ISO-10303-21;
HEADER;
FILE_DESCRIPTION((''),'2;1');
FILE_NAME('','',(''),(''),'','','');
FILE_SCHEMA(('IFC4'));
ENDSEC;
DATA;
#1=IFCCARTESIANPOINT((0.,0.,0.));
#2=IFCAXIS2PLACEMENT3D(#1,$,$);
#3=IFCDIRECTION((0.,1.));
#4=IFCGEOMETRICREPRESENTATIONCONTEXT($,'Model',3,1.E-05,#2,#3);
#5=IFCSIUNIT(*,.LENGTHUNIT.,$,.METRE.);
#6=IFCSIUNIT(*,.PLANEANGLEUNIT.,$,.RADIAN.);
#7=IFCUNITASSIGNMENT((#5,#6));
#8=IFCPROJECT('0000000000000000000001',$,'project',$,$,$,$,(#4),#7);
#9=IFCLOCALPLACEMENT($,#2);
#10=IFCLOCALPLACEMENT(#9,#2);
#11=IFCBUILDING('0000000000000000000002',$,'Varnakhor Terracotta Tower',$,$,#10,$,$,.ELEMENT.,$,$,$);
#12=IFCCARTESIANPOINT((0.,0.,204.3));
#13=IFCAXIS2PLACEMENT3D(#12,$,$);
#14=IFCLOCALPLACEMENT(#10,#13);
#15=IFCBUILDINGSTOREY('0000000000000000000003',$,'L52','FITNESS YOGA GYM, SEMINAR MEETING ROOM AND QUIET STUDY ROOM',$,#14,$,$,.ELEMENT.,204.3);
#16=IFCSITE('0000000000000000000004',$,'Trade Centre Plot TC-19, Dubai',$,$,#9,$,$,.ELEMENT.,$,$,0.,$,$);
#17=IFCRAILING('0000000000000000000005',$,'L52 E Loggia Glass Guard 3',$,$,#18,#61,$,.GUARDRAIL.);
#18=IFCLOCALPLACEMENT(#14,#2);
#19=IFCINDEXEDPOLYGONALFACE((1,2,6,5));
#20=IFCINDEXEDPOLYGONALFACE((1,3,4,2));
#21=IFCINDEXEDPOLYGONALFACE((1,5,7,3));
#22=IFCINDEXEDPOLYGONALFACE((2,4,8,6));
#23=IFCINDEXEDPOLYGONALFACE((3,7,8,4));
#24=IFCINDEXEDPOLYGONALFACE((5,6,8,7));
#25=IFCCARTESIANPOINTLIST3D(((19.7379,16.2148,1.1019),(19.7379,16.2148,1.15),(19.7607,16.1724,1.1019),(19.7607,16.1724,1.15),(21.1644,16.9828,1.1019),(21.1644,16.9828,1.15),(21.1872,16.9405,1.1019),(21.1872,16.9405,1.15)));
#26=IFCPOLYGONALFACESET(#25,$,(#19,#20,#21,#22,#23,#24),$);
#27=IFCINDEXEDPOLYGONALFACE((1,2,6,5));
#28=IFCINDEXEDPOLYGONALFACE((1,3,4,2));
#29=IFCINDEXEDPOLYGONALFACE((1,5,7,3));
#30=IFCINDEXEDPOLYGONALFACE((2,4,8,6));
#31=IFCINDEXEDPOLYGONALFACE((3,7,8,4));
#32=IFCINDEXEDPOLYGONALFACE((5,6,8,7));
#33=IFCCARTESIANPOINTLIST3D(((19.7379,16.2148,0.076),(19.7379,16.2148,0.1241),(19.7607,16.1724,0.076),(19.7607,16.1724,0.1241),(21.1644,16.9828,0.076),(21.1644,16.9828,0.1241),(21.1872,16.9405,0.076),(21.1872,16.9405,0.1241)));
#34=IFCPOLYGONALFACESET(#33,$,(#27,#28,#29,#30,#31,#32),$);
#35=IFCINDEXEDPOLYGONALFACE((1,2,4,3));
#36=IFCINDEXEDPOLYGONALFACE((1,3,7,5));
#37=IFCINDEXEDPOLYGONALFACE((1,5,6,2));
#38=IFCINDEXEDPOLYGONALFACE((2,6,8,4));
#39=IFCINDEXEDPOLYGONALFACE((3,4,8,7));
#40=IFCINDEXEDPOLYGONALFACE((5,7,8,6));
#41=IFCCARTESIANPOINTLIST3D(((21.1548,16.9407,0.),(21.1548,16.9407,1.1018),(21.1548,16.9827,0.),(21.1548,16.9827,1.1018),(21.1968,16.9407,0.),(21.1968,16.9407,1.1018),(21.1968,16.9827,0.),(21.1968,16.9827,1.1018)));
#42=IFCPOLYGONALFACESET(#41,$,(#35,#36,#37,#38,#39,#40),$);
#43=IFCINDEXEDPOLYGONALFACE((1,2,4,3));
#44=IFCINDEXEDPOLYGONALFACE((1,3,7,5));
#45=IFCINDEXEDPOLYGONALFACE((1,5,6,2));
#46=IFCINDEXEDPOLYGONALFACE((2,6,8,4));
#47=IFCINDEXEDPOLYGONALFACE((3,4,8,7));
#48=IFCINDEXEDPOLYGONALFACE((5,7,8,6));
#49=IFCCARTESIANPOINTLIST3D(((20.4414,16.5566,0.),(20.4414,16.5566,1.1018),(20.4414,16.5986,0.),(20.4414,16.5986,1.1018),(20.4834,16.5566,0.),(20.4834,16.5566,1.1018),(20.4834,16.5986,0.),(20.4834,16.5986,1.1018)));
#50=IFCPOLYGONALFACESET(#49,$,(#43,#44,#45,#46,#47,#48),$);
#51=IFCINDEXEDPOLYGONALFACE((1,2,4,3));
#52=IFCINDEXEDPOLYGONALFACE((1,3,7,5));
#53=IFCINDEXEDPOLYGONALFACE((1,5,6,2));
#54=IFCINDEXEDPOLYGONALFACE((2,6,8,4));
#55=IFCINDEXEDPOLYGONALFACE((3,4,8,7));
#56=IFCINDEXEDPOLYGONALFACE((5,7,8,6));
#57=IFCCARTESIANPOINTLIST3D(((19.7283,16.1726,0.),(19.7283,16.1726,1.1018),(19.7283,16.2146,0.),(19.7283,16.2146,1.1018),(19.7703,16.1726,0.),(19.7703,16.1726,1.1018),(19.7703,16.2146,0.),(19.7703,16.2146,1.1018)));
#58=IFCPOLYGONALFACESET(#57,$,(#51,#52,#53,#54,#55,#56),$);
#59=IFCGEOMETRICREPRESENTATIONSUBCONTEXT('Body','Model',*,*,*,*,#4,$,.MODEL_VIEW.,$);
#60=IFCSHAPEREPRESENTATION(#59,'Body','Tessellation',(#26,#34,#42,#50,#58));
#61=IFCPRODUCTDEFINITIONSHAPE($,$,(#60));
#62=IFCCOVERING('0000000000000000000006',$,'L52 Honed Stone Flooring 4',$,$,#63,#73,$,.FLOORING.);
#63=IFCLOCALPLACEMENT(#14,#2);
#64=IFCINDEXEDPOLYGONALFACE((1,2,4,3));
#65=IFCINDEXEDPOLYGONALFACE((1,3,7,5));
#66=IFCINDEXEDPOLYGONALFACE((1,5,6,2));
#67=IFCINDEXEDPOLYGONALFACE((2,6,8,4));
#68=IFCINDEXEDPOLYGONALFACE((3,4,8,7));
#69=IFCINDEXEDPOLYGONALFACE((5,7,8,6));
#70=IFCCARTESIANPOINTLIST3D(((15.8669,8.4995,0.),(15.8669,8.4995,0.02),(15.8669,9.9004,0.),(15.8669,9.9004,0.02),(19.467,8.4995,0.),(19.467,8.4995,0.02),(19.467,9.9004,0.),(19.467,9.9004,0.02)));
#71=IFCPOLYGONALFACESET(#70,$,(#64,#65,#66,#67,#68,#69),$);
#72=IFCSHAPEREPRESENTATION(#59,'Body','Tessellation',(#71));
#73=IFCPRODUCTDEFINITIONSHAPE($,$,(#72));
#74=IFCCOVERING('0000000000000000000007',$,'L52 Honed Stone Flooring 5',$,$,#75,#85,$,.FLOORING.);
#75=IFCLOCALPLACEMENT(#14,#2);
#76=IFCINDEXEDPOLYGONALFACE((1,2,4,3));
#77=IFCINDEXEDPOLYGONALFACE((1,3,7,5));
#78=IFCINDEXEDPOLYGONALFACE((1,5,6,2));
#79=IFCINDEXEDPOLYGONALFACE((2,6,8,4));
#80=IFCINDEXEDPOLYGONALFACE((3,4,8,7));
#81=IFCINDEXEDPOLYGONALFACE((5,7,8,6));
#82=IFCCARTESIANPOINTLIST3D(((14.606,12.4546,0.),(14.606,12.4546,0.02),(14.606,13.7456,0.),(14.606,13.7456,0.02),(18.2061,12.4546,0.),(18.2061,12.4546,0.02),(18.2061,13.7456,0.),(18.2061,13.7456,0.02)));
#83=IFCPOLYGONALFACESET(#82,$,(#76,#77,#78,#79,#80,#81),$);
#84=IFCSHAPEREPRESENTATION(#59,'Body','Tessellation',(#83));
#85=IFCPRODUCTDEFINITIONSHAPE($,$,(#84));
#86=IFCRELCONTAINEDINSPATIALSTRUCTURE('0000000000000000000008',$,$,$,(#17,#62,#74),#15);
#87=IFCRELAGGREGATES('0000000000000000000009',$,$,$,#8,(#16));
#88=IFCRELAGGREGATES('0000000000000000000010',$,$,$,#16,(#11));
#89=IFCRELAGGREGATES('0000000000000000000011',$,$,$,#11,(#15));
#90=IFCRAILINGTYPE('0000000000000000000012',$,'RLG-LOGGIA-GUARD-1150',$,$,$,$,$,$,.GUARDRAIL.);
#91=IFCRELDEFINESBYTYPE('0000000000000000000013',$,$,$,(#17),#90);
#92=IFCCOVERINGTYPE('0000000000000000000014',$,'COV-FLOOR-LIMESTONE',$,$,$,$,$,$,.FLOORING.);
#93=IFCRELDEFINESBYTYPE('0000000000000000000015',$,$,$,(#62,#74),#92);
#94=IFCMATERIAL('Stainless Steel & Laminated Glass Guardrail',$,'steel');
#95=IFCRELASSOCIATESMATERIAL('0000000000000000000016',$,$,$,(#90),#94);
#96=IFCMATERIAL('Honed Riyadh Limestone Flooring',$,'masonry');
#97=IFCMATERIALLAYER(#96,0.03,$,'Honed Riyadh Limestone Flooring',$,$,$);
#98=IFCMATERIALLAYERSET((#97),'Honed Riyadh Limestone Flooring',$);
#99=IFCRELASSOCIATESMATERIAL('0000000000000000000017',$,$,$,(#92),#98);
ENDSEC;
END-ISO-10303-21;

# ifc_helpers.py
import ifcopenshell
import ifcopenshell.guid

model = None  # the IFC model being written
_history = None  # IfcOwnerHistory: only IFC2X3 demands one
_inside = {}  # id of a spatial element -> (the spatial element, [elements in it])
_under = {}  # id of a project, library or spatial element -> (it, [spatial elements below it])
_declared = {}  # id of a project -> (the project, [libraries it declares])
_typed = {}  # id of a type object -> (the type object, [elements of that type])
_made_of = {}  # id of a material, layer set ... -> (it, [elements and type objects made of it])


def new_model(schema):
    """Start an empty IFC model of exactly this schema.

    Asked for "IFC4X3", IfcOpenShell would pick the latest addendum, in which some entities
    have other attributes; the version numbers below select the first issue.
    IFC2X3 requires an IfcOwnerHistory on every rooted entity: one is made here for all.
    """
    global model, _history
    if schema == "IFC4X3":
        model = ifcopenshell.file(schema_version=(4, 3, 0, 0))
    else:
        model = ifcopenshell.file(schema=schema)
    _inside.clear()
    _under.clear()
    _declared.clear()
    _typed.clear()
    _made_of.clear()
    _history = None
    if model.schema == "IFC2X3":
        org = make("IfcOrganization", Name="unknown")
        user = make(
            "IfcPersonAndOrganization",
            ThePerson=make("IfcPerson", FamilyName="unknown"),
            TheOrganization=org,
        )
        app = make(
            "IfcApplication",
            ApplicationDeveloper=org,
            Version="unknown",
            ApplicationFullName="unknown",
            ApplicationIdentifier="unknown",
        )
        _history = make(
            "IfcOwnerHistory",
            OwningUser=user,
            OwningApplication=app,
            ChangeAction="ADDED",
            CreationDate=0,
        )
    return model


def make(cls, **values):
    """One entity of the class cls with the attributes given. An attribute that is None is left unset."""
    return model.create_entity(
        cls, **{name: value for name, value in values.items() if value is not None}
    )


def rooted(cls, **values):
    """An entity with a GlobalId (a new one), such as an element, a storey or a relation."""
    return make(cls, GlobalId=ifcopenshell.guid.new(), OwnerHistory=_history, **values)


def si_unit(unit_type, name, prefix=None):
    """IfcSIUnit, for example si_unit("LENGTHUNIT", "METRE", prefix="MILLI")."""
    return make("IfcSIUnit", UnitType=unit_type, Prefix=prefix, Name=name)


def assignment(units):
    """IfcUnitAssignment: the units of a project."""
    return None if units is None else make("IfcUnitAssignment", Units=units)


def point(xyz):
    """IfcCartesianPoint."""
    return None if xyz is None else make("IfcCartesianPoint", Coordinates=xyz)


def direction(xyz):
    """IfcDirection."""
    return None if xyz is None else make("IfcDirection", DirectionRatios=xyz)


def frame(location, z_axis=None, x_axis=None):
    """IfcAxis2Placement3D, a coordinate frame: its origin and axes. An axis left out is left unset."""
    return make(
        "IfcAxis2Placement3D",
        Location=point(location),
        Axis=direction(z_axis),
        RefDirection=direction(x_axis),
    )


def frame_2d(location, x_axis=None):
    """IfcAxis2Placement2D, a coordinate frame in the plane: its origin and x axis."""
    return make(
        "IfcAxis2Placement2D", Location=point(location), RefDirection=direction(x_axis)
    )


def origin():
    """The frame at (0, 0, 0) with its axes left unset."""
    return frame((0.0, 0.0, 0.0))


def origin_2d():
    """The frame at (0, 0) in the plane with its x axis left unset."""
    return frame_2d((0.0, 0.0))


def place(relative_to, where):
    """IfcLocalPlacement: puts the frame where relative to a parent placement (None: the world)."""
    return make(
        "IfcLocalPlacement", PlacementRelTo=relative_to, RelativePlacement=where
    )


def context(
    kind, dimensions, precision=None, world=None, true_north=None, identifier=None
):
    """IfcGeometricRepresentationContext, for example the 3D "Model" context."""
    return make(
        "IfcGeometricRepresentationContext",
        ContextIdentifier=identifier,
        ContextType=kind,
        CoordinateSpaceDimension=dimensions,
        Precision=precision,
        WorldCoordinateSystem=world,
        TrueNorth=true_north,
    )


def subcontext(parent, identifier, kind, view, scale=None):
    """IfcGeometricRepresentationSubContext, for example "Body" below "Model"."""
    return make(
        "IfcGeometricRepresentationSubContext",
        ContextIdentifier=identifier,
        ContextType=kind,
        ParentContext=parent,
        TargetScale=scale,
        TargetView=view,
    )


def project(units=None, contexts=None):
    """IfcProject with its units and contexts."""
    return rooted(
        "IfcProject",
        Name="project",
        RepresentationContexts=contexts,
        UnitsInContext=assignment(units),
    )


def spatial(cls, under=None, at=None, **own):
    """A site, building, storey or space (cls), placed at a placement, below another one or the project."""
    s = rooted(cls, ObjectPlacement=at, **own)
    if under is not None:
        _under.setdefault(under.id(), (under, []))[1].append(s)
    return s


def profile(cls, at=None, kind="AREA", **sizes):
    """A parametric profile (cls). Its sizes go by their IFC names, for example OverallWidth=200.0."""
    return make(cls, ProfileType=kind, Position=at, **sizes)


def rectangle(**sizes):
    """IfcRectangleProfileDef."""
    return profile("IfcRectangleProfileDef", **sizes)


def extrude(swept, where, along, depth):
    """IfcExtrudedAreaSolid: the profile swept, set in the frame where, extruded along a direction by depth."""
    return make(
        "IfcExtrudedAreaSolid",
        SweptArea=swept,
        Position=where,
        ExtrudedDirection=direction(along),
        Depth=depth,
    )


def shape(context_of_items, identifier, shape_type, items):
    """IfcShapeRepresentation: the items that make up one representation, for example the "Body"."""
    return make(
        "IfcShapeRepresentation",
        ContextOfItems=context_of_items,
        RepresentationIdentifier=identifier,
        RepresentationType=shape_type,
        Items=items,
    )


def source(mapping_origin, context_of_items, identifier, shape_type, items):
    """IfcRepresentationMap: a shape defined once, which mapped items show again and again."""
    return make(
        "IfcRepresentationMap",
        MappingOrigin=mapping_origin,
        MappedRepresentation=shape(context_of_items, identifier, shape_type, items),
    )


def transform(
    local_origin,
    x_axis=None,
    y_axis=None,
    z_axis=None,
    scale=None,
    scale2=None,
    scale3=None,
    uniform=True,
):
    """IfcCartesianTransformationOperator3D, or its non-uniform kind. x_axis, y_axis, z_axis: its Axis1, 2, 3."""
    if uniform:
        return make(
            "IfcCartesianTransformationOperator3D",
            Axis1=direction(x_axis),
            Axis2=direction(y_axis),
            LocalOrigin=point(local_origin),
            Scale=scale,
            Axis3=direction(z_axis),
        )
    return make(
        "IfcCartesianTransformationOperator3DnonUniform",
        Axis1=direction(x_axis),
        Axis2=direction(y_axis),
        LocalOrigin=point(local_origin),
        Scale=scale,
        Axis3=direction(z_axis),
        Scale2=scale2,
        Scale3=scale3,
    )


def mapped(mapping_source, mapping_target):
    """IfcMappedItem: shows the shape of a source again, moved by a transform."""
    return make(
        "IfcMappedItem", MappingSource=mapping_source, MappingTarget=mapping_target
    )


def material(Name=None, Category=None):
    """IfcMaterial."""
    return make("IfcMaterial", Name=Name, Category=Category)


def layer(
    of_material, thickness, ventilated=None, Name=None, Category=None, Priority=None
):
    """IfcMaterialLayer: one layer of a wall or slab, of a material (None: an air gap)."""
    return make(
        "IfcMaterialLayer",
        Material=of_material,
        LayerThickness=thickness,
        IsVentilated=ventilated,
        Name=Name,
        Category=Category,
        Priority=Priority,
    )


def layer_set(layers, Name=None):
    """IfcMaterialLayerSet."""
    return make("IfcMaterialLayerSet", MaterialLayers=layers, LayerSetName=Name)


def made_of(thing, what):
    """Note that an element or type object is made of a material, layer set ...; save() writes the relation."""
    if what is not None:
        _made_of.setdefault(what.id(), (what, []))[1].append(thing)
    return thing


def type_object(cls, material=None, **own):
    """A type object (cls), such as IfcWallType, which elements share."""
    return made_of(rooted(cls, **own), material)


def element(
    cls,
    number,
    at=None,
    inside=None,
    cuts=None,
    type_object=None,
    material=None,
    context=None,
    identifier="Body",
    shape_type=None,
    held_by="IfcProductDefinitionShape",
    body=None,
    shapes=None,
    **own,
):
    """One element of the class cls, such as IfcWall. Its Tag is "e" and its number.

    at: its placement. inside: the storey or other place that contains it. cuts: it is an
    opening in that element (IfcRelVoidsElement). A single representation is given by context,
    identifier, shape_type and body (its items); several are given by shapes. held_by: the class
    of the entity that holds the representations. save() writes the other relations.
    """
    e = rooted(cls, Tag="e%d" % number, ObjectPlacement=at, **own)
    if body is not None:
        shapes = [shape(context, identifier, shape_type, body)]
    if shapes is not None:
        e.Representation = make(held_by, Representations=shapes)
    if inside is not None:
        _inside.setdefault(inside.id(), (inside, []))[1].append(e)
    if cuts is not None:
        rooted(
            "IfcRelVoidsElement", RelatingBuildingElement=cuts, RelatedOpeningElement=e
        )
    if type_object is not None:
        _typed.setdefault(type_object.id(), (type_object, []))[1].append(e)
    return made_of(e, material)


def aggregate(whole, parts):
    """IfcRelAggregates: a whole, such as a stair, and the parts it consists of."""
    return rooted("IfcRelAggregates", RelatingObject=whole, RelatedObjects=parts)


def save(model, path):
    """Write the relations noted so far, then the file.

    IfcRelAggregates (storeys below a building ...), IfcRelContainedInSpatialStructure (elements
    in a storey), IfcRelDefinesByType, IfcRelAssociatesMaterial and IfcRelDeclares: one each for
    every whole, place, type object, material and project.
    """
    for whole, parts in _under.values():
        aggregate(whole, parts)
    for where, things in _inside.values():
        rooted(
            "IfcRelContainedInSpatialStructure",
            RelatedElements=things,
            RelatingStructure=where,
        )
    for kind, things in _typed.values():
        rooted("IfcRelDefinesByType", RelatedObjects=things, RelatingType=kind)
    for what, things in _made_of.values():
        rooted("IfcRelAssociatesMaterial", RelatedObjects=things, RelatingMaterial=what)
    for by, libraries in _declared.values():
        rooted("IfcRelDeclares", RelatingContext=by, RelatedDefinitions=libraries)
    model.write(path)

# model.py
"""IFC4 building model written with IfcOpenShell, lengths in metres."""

from ifc_helpers import new_model, si_unit, direction, frame, origin, origin_2d, place, context, subcontext, project, spatial, rectangle, extrude, source, transform, mapped, material, layer, layer_set, type_object, element, save


model = new_model("IFC4")

# Units and contexts
model_context = context("Model", 3, precision=1e-05, world=origin(), true_north=direction((0.0, 1.0)))
body_context = subcontext(model_context, "Body", "Model", "MODEL_VIEW")
ifc_project = project(units=[si_unit("LENGTHUNIT", "METRE"), si_unit("PLANEANGLEUNIT", "RADIAN")], contexts=[model_context])

# Site, building, storey
site_placement = place(None, origin())
site = spatial("IfcSite", under=ifc_project, at=site_placement, Name="Trade Centre Plot TC-19, Dubai", CompositionType="ELEMENT", RefElevation=0.0)
building_placement = place(site_placement, origin())
building = spatial("IfcBuilding", under=site, at=building_placement, Name="Varnakhor Terracotta Tower", CompositionType="ELEMENT")
storey_placement = place(building_placement, frame((0.0, 0.0, 204.3)))
storey = spatial("IfcBuildingStorey", under=building, at=storey_placement, Name="L52", Description="FITNESS YOGA GYM, SEMINAR MEETING ROOM AND QUIET STUDY ROOM", CompositionType="ELEMENT", Elevation=204.3)

# Railing
ifc_material_1 = material(Name="Stainless Steel & Laminated Glass Guardrail", Category="steel")
railing_type = type_object("IfcRailingType", Name="RLG-LOGGIA-GUARD-1150", PredefinedType="GUARDRAIL", material=ifc_material_1)
railing_placement = place(storey_placement, frame((21.1758, 16.9617, 0.0)))
element("IfcRailing", 1, at=railing_placement, inside=storey, type_object=railing_type, Name="L52 E Loggia Glass Guard 3", PredefinedType="GUARDRAIL", context=body_context, shape_type="SweptSolid", body=[
    extrude(rectangle(XDim=0.0481, YDim=0.0481, at=origin_2d()), frame((0.0, 0.0, 1.126), z_axis=(-0.880486, -0.474073, 0.0), x_axis=(0.474073, -0.880486, 0.0)), (0.0, 0.0, 1.0), 1.6201),
    extrude(rectangle(XDim=0.0481, YDim=0.0481, at=origin_2d()), frame((0.0, 0.0, 0.1001), z_axis=(-0.880486, -0.474073, 0.0), x_axis=(0.474073, -0.880486, 0.0)), (0.0, 0.0, 1.0), 1.6201),
    extrude(rectangle(XDim=0.042, YDim=0.042, at=origin_2d()), origin(), (0.0, 0.0, 1.0), 1.1018),
    extrude(rectangle(XDim=0.042, YDim=0.042, at=origin_2d()), frame((-0.7134, -0.384, 0.0)), (0.0, 0.0, 1.0), 1.1018),
    extrude(rectangle(XDim=0.042, YDim=0.042, at=origin_2d()), frame((-1.4265, -0.7681, 0.0)), (0.0, 0.0, 1.0), 1.1018),
])

# Coverings
ifc_material_2 = material(Name="Honed Riyadh Limestone Flooring", Category="masonry")
ifc_layer_1 = layer(ifc_material_2, 0.03, Name="Honed Riyadh Limestone Flooring")
ifc_layer_set_1 = layer_set([ifc_layer_1], Name="Honed Riyadh Limestone Flooring")
covering_type = type_object("IfcCoveringType", Name="COV-FLOOR-LIMESTONE", PredefinedType="FLOORING", material=ifc_layer_set_1)
shared_shape_1 = source(origin(), body_context, "Body", "SweptSolid", [
    extrude(rectangle(XDim=3.6001, YDim=1.4009, at=origin_2d()), origin(), (0.0, 0.0, 1.0), 0.02),
])
covering_1_placement = place(storey_placement, frame((17.667, 9.2, 0.0), z_axis=(0.0, 0.0, 1.0), x_axis=(1.0, 0.0, 0.0)))
element("IfcCovering", 2, at=covering_1_placement, inside=storey, type_object=covering_type, Name="L52 Honed Stone Flooring 4", PredefinedType="FLOORING", context=body_context, shape_type="MappedRepresentation", body=[
    mapped(shared_shape_1, transform((0.0, 0.0, 0.0), scale=1.0)),
])
shared_shape_2 = source(origin(), body_context, "Body", "SweptSolid", [
    extrude(rectangle(XDim=3.6001, YDim=1.291, at=origin_2d()), origin(), (0.0, 0.0, 1.0), 0.02),
])
covering_2_placement = place(storey_placement, frame((16.406, 13.1001, 0.0), z_axis=(0.0, 0.0, 1.0), x_axis=(1.0, 0.0, 0.0)))
element("IfcCovering", 3, at=covering_2_placement, inside=storey, type_object=covering_type, Name="L52 Honed Stone Flooring 5", PredefinedType="FLOORING", context=body_context, shape_type="MappedRepresentation", body=[
    mapped(shared_shape_2, transform((0.0, 0.0, 0.0), scale=1.0)),
])

save(model, "model.ifc")
